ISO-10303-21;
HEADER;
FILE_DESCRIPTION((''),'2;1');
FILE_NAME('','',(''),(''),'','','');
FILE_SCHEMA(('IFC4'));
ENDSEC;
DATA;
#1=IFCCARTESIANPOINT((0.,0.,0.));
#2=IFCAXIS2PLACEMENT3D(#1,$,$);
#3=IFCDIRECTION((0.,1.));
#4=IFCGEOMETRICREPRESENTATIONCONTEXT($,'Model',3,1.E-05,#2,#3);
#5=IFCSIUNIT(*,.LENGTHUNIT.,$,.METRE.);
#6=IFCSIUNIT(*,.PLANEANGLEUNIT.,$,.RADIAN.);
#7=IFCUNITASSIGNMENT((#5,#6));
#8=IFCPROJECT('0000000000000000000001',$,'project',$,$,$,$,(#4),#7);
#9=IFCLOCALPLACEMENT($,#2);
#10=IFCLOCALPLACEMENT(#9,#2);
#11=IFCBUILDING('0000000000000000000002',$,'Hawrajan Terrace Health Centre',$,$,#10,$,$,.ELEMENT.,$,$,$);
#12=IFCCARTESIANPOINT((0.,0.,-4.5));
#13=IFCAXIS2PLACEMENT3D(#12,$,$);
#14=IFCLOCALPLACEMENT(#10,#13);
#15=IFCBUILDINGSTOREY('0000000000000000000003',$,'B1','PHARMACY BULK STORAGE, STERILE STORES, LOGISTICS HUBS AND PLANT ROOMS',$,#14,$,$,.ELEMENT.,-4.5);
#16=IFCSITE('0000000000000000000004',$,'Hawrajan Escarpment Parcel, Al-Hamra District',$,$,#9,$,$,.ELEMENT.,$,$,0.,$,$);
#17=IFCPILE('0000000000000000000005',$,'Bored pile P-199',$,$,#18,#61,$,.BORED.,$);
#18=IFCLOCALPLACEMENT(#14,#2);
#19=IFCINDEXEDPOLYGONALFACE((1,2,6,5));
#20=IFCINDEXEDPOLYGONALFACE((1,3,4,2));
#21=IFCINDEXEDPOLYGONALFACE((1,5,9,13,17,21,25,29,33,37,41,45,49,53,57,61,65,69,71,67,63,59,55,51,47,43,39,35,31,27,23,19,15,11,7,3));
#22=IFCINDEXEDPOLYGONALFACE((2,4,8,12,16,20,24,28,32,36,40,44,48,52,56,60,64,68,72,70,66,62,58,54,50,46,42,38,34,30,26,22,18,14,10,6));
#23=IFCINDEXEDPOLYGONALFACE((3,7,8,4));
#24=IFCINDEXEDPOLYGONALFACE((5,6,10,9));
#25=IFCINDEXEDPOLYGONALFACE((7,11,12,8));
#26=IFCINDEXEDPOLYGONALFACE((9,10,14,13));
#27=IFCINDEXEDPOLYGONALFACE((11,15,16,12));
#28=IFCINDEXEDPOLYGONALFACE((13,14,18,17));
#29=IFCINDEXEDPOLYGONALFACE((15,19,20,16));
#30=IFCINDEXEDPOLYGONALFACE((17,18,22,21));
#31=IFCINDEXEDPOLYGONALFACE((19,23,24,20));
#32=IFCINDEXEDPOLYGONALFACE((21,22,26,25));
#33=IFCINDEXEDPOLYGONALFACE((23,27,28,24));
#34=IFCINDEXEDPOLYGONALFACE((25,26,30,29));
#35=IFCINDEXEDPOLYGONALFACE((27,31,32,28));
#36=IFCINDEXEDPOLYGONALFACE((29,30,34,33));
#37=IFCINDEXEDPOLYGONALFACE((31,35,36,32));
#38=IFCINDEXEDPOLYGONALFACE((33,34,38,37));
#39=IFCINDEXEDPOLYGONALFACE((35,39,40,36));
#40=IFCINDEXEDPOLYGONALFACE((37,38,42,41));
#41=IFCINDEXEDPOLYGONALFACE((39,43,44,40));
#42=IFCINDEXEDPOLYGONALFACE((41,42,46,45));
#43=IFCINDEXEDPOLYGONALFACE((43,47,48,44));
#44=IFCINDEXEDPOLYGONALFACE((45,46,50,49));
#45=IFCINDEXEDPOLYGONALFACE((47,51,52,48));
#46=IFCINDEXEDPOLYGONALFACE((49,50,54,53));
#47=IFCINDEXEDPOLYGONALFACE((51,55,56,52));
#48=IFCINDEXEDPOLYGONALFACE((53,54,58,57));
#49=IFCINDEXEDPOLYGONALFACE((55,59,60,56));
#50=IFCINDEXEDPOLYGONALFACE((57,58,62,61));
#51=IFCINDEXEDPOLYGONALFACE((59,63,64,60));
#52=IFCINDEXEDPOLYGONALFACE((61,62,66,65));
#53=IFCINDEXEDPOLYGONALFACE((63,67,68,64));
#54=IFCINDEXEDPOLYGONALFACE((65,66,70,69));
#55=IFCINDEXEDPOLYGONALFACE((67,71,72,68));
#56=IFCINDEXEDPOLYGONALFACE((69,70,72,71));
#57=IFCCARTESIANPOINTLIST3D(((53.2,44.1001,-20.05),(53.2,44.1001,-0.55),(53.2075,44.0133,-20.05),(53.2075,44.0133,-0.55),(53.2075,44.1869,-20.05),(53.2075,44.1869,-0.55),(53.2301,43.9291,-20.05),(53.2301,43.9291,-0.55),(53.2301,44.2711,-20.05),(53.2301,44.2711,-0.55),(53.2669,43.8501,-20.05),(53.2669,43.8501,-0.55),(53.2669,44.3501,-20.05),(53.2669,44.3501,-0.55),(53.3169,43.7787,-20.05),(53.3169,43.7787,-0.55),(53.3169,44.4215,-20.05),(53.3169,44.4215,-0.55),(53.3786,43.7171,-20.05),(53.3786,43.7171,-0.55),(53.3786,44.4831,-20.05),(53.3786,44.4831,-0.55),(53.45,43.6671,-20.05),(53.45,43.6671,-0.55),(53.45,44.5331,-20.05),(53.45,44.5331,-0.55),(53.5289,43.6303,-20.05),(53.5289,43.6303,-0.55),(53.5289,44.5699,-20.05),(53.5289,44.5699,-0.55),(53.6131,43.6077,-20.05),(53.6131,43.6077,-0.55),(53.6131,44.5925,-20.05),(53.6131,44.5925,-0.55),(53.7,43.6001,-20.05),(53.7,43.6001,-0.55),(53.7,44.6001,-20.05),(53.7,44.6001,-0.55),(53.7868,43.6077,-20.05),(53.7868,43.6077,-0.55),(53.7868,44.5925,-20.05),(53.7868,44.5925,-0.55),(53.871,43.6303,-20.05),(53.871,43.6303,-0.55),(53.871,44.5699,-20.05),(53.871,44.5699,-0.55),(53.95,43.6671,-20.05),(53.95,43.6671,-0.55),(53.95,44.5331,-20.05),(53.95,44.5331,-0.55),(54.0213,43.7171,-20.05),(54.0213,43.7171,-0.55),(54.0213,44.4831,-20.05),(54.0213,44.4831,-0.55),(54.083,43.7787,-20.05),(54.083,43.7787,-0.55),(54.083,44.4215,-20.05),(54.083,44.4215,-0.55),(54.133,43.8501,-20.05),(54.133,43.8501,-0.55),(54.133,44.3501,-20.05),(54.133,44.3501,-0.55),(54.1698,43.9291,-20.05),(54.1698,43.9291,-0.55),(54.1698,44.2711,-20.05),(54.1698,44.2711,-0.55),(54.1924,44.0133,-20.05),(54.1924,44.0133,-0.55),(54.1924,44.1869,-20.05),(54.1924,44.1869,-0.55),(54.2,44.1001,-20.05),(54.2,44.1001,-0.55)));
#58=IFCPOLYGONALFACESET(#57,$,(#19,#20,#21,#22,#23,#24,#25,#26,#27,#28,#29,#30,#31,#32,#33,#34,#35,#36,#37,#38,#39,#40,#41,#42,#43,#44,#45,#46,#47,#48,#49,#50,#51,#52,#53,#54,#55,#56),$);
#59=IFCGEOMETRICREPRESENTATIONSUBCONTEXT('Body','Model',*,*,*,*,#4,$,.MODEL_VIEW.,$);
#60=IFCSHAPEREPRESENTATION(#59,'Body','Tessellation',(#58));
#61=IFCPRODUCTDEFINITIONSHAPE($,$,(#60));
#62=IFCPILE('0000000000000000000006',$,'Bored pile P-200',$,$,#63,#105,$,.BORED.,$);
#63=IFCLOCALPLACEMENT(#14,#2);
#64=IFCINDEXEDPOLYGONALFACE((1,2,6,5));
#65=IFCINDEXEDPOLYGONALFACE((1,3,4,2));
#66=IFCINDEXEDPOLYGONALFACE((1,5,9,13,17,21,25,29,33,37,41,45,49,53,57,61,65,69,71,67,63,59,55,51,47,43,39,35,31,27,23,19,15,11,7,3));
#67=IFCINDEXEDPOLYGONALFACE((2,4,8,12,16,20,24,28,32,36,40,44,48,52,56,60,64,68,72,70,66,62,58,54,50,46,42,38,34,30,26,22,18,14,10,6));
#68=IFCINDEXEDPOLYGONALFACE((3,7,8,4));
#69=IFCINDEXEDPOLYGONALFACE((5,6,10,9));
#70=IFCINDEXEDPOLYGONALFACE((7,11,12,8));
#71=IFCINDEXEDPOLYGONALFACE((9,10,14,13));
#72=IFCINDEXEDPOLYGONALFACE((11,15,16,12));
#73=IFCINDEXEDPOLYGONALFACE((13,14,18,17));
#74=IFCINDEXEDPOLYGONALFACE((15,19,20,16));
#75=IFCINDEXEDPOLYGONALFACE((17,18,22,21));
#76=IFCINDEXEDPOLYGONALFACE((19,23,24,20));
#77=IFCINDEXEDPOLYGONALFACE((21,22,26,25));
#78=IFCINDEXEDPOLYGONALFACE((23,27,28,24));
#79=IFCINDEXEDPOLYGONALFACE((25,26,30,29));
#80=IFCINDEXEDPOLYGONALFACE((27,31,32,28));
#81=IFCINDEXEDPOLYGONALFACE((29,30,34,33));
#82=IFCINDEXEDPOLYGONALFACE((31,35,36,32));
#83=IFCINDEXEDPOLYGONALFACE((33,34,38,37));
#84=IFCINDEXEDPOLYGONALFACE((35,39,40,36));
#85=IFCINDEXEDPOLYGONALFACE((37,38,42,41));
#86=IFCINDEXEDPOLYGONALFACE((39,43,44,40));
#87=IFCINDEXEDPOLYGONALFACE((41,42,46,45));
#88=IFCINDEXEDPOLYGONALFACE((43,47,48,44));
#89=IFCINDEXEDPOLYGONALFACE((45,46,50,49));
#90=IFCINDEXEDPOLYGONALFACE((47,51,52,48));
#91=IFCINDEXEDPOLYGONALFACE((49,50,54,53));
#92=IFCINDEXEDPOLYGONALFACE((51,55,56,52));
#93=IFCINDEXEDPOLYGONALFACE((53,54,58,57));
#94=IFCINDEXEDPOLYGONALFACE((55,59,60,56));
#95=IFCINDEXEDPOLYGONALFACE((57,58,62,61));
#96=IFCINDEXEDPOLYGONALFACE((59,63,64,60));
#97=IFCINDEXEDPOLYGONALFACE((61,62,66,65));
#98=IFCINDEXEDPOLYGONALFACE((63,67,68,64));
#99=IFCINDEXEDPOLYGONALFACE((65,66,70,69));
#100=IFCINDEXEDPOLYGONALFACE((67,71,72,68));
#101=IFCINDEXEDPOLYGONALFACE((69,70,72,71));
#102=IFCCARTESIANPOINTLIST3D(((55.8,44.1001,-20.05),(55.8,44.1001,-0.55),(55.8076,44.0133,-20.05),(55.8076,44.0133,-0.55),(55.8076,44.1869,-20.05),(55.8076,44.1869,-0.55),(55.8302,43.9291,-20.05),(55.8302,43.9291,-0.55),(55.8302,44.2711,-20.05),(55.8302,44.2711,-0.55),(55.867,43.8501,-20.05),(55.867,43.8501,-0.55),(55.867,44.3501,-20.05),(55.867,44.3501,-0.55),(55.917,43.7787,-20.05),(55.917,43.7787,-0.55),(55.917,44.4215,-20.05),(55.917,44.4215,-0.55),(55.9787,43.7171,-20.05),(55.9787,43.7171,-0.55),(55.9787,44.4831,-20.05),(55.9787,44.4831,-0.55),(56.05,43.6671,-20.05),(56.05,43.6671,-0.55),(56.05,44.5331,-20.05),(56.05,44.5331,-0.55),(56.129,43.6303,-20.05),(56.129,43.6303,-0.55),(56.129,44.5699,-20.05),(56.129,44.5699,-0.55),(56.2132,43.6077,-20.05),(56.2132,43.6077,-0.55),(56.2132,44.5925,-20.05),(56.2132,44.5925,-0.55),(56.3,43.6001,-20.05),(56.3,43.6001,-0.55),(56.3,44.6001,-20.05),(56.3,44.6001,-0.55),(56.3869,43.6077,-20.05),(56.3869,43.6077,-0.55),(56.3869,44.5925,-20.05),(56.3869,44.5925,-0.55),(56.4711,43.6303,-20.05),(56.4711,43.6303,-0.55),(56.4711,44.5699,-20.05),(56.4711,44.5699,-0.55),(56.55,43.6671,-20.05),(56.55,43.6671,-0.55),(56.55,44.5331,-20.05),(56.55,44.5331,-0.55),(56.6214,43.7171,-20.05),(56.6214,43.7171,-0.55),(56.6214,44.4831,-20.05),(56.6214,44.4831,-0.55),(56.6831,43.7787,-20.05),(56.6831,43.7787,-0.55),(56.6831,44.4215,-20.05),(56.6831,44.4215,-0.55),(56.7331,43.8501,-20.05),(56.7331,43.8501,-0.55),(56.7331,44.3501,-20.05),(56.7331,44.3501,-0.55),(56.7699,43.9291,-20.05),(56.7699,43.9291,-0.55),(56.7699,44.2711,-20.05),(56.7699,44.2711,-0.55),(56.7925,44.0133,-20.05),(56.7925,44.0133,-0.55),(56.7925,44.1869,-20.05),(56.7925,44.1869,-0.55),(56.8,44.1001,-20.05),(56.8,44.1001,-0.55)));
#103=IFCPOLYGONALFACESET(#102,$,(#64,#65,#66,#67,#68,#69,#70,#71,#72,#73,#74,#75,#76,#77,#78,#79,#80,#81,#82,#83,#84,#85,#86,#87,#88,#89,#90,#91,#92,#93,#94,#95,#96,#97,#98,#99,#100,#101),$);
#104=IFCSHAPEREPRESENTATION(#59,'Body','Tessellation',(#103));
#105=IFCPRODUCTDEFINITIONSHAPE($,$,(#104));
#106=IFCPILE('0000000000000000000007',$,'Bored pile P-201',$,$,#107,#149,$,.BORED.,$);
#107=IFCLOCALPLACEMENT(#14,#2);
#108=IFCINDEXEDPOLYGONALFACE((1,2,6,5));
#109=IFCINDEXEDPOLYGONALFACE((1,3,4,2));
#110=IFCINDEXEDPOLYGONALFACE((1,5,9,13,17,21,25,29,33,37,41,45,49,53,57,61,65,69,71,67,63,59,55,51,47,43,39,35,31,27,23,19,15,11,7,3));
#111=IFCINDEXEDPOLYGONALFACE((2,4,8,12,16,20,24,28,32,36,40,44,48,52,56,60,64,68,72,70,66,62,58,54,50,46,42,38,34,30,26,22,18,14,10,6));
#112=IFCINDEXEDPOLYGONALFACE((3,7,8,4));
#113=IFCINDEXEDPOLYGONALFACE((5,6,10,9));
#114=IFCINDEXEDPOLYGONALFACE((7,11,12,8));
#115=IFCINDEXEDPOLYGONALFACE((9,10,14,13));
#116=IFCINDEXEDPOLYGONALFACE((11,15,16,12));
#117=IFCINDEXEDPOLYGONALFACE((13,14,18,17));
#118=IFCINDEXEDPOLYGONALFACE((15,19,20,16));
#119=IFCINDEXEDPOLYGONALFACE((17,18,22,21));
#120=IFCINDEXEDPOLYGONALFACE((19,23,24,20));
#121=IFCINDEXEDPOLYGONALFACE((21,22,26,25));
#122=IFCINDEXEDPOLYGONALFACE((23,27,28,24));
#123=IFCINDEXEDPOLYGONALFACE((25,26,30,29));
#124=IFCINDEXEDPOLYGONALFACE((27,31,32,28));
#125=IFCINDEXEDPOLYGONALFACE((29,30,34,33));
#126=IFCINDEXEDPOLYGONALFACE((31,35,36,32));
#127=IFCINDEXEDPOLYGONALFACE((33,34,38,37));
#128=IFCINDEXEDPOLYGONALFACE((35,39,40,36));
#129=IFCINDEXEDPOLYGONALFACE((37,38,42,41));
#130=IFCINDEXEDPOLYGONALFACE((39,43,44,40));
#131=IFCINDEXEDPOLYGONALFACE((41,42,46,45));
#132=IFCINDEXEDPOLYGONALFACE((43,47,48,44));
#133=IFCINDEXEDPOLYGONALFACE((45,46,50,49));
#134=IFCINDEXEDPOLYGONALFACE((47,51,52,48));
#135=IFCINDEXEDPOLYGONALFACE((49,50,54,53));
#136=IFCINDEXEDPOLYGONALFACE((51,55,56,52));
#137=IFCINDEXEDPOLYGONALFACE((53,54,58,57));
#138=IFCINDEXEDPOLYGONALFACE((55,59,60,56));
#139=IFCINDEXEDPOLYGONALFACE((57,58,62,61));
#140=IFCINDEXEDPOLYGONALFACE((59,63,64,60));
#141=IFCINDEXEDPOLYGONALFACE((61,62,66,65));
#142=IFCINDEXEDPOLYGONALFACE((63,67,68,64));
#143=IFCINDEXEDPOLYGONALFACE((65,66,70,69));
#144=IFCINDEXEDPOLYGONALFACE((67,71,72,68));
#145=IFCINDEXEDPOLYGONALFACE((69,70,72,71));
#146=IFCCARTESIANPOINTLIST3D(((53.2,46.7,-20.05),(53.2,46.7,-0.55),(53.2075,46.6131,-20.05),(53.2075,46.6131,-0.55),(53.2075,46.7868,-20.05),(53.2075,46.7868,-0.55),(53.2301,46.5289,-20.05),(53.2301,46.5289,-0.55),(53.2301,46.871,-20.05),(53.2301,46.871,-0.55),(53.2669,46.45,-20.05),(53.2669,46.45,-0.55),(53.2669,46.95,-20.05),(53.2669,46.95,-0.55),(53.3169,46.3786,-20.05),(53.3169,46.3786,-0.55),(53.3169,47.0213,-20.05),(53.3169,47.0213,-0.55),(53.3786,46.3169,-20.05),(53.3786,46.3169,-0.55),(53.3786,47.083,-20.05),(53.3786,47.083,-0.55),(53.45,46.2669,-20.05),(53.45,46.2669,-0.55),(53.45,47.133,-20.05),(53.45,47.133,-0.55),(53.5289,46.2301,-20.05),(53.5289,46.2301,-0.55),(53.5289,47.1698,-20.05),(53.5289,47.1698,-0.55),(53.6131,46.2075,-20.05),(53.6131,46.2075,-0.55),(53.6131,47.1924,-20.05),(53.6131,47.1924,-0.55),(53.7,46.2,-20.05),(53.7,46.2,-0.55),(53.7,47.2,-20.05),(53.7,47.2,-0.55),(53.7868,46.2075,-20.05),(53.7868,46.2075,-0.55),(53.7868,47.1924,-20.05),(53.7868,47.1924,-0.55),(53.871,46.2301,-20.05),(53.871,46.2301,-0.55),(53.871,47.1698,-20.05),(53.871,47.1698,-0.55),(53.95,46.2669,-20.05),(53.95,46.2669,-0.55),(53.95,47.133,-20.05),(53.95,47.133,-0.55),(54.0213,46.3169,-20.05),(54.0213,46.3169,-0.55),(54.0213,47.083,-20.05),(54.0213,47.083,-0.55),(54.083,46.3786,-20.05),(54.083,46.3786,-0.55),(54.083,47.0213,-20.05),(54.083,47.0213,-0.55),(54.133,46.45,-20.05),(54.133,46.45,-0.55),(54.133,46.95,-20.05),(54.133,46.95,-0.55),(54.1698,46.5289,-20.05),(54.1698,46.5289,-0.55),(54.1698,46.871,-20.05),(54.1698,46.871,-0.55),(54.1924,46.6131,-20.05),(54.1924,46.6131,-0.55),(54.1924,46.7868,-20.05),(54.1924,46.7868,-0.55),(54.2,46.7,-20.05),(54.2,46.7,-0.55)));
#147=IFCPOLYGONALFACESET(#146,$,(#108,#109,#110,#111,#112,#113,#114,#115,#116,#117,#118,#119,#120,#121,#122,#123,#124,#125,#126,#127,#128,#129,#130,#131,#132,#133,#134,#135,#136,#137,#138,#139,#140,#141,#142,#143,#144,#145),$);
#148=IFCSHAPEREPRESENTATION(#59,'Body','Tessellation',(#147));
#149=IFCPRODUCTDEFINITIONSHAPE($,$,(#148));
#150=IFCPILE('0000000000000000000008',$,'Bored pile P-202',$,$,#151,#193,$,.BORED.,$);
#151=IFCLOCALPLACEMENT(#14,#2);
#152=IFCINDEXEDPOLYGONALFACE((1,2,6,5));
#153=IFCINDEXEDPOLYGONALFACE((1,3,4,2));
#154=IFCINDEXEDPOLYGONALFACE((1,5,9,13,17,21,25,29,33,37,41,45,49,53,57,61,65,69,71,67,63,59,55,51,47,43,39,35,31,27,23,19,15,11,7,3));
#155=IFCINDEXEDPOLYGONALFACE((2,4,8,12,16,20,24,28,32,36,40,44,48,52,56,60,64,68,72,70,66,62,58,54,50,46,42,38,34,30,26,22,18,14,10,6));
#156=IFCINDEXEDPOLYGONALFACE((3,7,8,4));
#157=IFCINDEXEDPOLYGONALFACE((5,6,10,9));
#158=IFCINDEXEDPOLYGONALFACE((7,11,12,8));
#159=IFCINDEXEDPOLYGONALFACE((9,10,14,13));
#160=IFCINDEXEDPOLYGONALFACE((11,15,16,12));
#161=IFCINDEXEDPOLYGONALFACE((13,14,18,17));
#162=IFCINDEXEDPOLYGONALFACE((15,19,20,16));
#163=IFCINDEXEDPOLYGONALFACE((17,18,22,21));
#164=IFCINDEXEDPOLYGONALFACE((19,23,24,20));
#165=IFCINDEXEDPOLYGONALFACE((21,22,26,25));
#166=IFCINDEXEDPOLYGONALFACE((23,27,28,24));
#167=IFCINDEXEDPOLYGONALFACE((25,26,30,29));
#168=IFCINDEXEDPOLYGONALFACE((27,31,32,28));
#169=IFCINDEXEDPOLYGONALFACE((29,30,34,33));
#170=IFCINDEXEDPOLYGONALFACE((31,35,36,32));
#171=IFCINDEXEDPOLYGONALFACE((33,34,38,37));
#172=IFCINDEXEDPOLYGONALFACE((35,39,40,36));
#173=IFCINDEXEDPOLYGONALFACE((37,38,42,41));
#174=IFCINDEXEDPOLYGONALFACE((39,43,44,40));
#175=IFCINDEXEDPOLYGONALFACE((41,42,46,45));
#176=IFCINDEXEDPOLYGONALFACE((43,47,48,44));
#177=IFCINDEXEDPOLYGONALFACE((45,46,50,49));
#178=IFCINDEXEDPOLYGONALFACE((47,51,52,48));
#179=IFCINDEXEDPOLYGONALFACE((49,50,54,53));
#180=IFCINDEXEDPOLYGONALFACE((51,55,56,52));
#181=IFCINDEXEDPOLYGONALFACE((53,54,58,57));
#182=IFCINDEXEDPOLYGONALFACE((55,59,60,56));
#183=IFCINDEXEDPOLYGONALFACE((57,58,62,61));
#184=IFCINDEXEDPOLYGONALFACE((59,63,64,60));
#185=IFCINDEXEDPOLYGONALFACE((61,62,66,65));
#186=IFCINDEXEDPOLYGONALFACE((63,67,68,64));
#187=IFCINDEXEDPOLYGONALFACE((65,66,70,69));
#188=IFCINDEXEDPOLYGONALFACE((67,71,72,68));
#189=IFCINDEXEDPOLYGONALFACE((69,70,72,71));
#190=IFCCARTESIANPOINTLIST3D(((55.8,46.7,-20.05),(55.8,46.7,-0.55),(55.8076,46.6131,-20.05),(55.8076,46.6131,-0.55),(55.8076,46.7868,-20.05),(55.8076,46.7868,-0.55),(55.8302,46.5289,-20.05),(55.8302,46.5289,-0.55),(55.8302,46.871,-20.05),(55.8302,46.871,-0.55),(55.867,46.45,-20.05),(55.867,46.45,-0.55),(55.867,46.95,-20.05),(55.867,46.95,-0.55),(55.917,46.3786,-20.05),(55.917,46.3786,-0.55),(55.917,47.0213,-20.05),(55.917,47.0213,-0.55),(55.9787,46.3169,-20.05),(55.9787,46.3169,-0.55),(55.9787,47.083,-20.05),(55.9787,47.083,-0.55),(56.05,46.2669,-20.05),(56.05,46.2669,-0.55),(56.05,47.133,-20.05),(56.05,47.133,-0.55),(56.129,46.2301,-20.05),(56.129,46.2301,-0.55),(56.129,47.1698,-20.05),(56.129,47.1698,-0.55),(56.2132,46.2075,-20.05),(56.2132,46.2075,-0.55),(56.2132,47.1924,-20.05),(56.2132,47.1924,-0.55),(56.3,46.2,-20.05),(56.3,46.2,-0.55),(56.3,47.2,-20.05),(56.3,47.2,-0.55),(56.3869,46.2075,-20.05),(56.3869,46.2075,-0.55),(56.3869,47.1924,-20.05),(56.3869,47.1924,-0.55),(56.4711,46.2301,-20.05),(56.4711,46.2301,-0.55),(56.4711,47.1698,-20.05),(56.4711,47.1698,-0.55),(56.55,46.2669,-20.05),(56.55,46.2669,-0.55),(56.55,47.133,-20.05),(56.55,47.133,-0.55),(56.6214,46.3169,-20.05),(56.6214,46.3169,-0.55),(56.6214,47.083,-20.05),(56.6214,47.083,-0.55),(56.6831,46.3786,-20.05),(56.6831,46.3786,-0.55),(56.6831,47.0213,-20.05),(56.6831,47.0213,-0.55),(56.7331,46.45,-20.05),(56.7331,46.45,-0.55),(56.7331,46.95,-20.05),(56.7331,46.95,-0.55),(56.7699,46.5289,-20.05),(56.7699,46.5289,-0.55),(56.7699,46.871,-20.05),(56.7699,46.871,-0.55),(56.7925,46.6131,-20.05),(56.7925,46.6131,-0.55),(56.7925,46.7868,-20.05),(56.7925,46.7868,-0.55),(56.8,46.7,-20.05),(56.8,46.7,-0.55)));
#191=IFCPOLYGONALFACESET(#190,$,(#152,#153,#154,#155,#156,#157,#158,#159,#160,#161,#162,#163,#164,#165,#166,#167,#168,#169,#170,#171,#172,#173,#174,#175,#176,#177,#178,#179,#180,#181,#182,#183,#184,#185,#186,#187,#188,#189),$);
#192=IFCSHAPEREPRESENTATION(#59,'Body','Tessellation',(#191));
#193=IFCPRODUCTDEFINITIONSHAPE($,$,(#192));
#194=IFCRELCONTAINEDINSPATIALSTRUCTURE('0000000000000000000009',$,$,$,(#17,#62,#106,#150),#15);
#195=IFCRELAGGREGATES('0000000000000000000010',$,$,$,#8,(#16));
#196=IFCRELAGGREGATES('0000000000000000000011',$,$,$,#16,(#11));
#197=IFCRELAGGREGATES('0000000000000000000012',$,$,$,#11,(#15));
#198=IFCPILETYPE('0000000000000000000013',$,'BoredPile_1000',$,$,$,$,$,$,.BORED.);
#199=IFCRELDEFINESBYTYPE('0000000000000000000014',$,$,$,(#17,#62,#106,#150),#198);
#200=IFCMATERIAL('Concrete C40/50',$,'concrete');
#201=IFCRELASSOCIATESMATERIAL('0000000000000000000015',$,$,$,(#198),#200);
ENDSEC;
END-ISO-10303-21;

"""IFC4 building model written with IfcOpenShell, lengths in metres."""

from ifc_helpers import new_model, si_unit, direction, frame, origin, origin_2d, place, context, subcontext, project, spatial, circle, extrude, material, material_profile, profile_set, type_object, element, save


model = new_model("IFC4")

# Units and contexts
model_context = context("Model", 3, precision=1e-05, world=origin(), true_north=direction((0.0, 1.0)))
body_context = subcontext(model_context, "Body", "Model", "MODEL_VIEW")
ifc_project = project(units=[si_unit("LENGTHUNIT", "METRE"), si_unit("PLANEANGLEUNIT", "RADIAN")], contexts=[model_context])

# Site, building, storey
site_placement = place(None, origin())
site = spatial("IfcSite", under=ifc_project, at=site_placement, Name="Hawrajan Escarpment Parcel, Al-Hamra District", CompositionType="ELEMENT", RefElevation=0.0)
building_placement = place(site_placement, origin())
building = spatial("IfcBuilding", under=site, at=building_placement, Name="Hawrajan Terrace Health Centre", CompositionType="ELEMENT")
storey_placement = place(building_placement, frame((0.0, 0.0, -4.5)))
storey = spatial("IfcBuildingStorey", under=building, at=storey_placement, Name="B1", Description="PHARMACY BULK STORAGE, STERILE STORES, LOGISTICS HUBS AND PLANT ROOMS", CompositionType="ELEMENT", Elevation=-4.5)

# Piles
ifc_material_1 = material(Name="Concrete C40/50", Category="concrete")
ifc_material_profile_1 = material_profile(ifc_material_1, circle(Radius=0.5, at=origin_2d()), Name="BP 1000")
ifc_profile_set_1 = profile_set([ifc_material_profile_1], Name="Concrete C40/50")
pile_type_1 = type_object("IfcPileType", Name="BoredPile_1000", PredefinedType="BORED", material=ifc_profile_set_1)
for number, where, z_axis, x_axis, name in (
    (1, (53.7, 44.1001, -0.55), (0.0, 0.0, -1.0), (1.0, 0.0, 0.0), "Bored pile P-199"),
    (2, (56.3, 44.1001, -0.55), (0.0, 0.0, -1.0), (1.0, 0.0, 0.0), "Bored pile P-200"),
    (3, (53.7, 46.7, -0.55), (0.0, 0.0, -1.0), (1.0, 0.0, 0.0), "Bored pile P-201"),
    (4, (56.3, 46.7, -0.55), (0.0, 0.0, -1.0), (1.0, 0.0, 0.0), "Bored pile P-202"),
):
    element("IfcPile", number, at=place(storey_placement, frame(where, z_axis=z_axis, x_axis=x_axis)), inside=storey, type_object=pile_type_1, Name=name, PredefinedType="BORED", context=body_context, shape_type="SweptSolid", body=[
        extrude(circle(Radius=0.5, at=origin_2d()), origin(), (0.0, 0.0, 1.0), 19.5),
    ])

save(model, "model.ifc")
